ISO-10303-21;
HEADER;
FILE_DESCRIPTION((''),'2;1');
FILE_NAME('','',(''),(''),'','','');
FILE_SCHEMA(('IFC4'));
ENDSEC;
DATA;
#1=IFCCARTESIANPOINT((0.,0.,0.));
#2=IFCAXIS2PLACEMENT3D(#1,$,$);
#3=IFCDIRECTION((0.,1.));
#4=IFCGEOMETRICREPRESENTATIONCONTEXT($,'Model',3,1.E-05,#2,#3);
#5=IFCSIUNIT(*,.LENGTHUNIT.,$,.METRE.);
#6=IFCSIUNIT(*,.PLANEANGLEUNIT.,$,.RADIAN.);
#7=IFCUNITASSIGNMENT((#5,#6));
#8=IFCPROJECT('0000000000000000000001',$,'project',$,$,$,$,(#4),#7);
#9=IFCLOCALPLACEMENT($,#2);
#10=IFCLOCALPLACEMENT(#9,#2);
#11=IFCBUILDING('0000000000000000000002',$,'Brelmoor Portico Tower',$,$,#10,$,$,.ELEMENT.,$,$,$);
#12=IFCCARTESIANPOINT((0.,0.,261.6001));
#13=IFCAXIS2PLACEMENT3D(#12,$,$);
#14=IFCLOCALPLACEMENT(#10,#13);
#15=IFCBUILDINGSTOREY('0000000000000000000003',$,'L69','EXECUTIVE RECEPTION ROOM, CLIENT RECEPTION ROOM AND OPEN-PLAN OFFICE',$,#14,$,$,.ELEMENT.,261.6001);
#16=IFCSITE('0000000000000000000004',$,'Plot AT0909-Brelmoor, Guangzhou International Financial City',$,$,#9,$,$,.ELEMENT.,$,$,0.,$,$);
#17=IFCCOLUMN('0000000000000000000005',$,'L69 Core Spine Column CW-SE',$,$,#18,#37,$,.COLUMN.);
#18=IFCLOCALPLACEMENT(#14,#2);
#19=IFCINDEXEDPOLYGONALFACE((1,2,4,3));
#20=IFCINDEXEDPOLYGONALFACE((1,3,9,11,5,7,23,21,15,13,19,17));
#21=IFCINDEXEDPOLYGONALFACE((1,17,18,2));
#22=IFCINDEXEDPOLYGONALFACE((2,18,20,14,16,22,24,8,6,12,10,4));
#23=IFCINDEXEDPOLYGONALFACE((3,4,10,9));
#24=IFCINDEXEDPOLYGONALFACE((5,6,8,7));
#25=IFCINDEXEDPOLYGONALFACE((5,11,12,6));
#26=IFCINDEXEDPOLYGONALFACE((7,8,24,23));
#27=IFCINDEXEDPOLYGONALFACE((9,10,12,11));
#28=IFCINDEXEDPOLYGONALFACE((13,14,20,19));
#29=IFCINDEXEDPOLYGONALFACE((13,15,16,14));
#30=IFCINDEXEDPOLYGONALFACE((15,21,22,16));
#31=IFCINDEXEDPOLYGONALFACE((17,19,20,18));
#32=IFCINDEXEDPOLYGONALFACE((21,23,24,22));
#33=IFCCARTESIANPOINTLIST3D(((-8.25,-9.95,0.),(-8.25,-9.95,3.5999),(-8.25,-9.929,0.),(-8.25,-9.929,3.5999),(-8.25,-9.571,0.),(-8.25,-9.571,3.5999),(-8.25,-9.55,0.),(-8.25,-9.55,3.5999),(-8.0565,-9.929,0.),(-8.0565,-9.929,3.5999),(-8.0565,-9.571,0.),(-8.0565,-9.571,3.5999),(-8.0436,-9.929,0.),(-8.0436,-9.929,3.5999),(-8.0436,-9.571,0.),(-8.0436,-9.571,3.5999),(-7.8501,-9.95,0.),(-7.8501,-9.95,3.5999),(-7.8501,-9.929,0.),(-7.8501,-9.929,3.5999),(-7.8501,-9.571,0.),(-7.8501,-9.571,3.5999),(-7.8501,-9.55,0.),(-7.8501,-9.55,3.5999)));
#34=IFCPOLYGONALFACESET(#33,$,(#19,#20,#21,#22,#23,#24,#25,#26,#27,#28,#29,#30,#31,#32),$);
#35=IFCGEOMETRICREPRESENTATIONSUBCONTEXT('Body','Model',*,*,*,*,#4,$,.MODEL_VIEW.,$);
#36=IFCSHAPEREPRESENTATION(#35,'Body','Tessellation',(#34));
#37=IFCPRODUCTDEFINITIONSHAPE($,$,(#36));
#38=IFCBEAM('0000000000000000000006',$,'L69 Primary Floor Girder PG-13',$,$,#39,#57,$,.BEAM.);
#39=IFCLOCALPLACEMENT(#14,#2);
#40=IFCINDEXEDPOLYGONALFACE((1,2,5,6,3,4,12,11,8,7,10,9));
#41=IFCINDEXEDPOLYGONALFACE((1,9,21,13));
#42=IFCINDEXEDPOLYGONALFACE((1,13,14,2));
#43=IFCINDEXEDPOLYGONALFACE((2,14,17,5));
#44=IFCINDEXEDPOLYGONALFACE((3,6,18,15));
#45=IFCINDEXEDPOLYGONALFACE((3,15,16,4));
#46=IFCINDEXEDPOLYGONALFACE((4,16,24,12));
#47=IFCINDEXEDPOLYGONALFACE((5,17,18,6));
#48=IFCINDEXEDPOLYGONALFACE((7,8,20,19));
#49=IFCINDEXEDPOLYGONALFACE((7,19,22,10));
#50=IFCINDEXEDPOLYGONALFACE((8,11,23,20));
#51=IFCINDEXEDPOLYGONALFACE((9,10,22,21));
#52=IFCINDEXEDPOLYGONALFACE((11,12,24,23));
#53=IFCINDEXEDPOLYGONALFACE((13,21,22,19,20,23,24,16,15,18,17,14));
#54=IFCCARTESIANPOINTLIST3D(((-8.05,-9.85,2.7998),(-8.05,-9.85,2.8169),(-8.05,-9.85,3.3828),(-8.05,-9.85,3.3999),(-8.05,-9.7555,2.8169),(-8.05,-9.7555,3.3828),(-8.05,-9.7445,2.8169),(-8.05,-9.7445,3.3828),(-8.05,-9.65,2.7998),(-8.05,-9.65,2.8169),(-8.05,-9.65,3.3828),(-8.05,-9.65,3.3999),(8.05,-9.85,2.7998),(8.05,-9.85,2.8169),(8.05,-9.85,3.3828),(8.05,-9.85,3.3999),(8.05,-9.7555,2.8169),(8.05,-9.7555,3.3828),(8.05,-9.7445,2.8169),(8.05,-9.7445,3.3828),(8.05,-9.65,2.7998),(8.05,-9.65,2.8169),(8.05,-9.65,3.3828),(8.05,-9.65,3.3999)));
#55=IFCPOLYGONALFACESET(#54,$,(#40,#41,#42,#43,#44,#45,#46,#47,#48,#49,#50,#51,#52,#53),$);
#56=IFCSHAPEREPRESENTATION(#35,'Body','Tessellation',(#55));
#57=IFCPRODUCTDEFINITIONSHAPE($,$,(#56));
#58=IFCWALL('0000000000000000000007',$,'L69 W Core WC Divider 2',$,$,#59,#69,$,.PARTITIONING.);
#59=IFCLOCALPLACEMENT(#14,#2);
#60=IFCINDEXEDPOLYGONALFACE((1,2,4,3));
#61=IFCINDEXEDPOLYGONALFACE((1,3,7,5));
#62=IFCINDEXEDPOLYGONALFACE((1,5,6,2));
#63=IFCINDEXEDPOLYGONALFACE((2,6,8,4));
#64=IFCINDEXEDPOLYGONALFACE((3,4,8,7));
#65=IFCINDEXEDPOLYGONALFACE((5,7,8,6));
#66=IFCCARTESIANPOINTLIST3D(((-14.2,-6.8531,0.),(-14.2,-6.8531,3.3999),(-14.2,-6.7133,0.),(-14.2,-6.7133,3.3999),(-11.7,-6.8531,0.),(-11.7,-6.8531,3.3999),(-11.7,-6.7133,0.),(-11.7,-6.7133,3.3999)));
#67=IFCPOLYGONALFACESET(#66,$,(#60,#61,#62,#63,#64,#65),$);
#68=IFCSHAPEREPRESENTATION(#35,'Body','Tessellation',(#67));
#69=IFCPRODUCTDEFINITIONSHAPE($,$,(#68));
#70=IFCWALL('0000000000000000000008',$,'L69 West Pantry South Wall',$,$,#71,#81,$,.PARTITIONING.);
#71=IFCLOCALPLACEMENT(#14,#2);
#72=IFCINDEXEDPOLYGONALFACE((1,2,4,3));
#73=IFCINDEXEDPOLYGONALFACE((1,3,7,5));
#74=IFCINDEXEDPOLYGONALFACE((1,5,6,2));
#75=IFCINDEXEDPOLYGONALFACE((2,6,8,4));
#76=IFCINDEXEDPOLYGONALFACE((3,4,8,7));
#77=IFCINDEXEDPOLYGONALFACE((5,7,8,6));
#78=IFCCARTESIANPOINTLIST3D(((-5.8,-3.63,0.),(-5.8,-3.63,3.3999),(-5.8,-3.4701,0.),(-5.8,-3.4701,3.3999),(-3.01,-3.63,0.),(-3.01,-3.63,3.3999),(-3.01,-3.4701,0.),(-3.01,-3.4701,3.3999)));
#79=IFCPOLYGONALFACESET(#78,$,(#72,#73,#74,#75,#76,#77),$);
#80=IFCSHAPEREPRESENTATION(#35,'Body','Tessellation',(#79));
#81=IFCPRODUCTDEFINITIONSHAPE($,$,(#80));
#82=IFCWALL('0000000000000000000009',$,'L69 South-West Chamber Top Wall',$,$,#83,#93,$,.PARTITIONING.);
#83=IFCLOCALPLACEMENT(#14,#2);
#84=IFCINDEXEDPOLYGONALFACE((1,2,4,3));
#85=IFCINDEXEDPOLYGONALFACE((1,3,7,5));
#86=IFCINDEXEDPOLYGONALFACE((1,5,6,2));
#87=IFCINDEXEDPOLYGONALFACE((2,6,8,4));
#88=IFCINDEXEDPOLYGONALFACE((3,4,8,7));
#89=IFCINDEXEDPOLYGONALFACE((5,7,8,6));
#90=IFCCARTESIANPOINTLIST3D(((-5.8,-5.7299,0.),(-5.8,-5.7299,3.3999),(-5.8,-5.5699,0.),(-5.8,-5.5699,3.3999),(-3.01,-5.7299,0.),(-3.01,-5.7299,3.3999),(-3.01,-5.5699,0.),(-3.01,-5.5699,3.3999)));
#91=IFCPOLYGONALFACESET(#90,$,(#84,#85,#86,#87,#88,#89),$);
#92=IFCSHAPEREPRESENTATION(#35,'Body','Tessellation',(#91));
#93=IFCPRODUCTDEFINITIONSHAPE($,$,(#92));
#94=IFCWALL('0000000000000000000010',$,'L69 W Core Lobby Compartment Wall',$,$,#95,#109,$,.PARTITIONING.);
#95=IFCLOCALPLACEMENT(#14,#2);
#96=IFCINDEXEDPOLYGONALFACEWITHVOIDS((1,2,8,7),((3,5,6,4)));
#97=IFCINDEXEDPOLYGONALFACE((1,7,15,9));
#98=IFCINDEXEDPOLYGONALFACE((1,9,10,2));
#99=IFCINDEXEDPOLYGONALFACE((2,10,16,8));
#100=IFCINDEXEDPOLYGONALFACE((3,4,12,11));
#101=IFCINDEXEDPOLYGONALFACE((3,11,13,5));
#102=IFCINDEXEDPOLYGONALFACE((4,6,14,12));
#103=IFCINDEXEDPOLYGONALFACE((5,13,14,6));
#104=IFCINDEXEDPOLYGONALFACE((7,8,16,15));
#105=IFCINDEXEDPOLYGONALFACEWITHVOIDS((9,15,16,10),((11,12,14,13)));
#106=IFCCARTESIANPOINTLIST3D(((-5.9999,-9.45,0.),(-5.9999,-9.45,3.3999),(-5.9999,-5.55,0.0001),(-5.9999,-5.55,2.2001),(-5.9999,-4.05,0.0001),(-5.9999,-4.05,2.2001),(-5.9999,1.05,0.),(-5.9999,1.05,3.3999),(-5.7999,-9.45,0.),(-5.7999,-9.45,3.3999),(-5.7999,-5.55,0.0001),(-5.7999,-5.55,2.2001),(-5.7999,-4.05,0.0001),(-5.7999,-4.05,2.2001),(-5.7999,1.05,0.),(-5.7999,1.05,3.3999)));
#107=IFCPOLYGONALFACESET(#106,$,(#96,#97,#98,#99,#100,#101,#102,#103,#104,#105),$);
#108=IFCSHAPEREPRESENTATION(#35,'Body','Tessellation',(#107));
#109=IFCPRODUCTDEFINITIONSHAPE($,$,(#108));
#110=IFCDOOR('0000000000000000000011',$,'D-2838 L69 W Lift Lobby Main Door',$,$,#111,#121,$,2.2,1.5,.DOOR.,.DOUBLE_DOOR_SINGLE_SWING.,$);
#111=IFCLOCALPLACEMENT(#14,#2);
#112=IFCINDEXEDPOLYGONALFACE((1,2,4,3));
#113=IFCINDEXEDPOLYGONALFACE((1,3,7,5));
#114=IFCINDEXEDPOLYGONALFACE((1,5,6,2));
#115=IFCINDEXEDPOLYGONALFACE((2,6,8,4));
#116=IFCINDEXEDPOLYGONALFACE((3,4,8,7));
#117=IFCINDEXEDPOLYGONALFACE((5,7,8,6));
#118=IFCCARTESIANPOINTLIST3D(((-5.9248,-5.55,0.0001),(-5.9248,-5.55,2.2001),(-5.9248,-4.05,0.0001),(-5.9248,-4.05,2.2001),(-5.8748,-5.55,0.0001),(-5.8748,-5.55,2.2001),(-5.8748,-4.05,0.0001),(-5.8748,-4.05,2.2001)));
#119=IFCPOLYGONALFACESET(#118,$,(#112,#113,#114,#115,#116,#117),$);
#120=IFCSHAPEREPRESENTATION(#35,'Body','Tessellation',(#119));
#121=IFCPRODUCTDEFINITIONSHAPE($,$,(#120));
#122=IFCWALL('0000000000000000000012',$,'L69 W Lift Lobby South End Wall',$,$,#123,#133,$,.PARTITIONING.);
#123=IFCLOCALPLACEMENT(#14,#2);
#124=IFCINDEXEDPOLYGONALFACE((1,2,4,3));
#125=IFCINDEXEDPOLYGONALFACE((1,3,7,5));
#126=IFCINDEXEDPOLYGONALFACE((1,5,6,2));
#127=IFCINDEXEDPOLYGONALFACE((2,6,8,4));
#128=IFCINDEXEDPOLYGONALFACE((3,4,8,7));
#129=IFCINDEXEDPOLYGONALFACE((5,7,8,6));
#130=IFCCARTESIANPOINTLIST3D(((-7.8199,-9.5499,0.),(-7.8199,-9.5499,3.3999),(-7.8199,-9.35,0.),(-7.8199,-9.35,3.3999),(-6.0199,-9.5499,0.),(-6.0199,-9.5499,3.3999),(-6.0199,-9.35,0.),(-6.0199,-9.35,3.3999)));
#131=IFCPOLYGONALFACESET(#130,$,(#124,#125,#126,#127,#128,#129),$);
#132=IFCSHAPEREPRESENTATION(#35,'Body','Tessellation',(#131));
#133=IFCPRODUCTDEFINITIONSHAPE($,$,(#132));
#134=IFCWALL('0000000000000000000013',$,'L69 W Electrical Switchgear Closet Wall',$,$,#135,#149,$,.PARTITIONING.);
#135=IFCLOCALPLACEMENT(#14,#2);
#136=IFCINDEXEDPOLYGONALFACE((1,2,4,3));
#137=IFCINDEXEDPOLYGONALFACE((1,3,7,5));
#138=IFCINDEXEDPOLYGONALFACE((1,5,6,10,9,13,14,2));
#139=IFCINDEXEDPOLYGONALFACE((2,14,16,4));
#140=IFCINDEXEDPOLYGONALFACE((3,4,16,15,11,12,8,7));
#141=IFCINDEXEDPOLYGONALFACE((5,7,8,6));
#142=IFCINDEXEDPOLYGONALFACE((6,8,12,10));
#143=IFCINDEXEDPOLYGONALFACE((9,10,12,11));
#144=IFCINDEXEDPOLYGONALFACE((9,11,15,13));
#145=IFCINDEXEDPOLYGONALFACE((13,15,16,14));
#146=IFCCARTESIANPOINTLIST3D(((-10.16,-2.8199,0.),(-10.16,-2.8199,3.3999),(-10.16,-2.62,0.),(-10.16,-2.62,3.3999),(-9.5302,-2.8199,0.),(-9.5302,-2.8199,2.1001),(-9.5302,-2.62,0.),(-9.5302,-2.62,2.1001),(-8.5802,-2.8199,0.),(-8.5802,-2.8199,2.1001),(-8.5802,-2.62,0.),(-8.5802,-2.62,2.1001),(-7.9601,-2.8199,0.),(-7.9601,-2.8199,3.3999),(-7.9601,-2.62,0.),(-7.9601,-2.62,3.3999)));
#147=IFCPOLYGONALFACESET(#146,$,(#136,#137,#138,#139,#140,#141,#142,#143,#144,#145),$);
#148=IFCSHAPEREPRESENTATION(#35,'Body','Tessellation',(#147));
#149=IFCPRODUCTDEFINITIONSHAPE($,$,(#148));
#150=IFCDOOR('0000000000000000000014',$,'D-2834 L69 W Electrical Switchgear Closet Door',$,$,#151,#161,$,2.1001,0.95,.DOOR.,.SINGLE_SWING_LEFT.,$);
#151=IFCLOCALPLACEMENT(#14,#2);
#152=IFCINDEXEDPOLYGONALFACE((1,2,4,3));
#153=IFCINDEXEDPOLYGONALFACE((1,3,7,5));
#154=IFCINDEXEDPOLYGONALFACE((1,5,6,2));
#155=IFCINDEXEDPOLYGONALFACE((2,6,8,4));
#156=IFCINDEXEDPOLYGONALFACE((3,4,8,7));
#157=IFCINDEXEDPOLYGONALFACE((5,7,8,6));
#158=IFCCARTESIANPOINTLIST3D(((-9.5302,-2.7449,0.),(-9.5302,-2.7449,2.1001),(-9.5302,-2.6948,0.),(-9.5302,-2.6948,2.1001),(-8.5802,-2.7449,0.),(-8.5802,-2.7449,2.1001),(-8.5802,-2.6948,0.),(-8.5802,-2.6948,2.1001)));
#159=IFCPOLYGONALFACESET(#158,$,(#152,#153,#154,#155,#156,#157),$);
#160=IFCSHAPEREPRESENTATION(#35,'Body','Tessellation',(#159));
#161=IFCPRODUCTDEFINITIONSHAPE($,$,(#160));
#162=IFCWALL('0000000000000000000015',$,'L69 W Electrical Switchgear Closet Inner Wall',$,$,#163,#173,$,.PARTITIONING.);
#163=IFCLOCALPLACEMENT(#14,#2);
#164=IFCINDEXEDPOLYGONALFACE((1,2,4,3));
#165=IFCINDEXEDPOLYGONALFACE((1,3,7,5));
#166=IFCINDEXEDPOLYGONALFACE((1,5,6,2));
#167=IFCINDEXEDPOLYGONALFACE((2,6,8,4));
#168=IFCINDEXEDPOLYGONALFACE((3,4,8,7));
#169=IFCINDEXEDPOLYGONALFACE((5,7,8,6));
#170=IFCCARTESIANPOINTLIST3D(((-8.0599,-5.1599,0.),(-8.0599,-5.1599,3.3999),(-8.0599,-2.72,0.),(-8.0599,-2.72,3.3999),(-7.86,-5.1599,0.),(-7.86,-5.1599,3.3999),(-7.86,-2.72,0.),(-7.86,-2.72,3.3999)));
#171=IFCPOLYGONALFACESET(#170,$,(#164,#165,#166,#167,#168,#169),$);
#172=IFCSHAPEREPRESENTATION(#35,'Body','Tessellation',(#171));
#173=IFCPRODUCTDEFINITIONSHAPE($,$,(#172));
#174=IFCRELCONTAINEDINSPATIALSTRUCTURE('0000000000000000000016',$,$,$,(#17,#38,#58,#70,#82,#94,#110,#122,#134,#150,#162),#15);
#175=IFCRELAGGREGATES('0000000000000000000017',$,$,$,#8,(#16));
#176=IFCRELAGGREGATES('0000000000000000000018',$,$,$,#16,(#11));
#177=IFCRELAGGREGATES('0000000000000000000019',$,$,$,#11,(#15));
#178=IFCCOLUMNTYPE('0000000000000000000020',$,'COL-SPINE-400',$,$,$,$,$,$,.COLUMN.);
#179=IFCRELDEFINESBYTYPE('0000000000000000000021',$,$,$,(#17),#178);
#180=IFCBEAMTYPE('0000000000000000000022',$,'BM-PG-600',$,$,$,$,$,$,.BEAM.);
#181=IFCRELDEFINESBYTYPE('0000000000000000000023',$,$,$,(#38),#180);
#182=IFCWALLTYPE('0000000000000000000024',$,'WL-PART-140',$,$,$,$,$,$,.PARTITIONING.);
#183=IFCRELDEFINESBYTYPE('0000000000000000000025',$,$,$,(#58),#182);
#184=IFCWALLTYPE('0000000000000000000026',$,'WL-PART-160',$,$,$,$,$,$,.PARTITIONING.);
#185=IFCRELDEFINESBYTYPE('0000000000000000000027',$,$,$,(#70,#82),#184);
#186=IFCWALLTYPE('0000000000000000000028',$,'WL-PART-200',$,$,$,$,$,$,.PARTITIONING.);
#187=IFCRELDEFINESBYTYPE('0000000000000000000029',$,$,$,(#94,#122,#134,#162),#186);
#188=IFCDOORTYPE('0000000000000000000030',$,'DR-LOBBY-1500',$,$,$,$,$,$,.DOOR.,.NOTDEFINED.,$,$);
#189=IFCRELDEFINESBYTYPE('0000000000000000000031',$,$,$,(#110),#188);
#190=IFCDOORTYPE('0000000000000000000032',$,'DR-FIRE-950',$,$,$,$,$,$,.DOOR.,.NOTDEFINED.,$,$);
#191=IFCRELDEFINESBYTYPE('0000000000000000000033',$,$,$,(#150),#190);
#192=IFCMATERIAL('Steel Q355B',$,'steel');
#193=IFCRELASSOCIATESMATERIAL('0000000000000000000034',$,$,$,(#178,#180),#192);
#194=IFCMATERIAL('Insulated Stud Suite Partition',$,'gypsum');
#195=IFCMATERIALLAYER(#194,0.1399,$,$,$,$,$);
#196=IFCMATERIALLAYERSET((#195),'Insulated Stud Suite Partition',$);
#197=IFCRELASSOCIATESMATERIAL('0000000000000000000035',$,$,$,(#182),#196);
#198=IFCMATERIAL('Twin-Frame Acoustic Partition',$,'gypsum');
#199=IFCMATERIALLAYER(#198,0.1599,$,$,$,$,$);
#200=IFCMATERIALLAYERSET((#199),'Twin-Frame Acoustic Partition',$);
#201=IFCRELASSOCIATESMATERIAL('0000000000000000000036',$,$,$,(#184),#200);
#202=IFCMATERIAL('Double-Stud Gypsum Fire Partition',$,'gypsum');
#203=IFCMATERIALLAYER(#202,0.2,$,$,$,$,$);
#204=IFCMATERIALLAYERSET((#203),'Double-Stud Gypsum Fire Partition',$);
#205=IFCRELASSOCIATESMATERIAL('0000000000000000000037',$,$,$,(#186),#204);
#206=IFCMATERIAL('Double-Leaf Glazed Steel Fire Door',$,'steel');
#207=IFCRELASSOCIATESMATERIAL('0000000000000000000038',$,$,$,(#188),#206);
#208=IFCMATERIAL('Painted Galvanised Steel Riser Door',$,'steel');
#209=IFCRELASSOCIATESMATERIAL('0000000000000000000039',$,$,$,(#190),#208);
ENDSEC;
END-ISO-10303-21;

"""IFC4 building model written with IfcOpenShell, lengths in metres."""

from ifc_helpers import new_model, si_unit, direction, frame, frame_2d, origin, origin_2d, place, context, subcontext, project, spatial, rectangle, i_section, extrude, material, layer, layer_set, material_profile, profile_set, type_object, element, fill, save


model = new_model("IFC4")

# Units and contexts
model_context = context("Model", 3, precision=1e-05, world=origin(), true_north=direction((0.0, 1.0)))
body_context = subcontext(model_context, "Body", "Model", "MODEL_VIEW")
ifc_project = project(units=[si_unit("LENGTHUNIT", "METRE"), si_unit("PLANEANGLEUNIT", "RADIAN")], contexts=[model_context])

# Site, building, storey
site_placement = place(None, origin())
site = spatial("IfcSite", under=ifc_project, at=site_placement, Name="Plot AT0909-Brelmoor, Guangzhou International Financial City", CompositionType="ELEMENT", RefElevation=0.0)
building_placement = place(site_placement, origin())
building = spatial("IfcBuilding", under=site, at=building_placement, Name="Brelmoor Portico Tower", CompositionType="ELEMENT")
storey_placement = place(building_placement, frame((0.0, 0.0, 261.6001)))
storey = spatial("IfcBuildingStorey", under=building, at=storey_placement, Name="L69", Description="EXECUTIVE RECEPTION ROOM, CLIENT RECEPTION ROOM AND OPEN-PLAN OFFICE", CompositionType="ELEMENT", Elevation=261.6001)

# Column
ifc_material_1 = material(Name="Steel Q355B", Category="steel")
ifc_material_profile_1 = material_profile(ifc_material_1, i_section(OverallWidth=0.3999, OverallDepth=0.3999, WebThickness=0.0129, FlangeThickness=0.021, at=origin_2d()), Name="HW 400x400x13x21")
ifc_profile_set_1 = profile_set([ifc_material_profile_1], Name="Steel Q355B")
column_type = type_object("IfcColumnType", Name="COL-SPINE-400", PredefinedType="COLUMN", material=ifc_profile_set_1)
column_placement = place(storey_placement, frame((-8.05, -9.75, 0.0), z_axis=(0.0, 0.0, 1.0), x_axis=(1.0, 0.0, 0.0)))
element("IfcColumn", 1, at=column_placement, inside=storey, type_object=column_type, Name="L69 Core Spine Column CW-SE", PredefinedType="COLUMN", context=body_context, shape_type="SweptSolid", body=[
    extrude(i_section(OverallWidth=0.3999, OverallDepth=0.3999, WebThickness=0.0129, FlangeThickness=0.021, at=origin_2d()), origin(), (0.0, 0.0, 1.0), 3.5999),
])

# Beam
ifc_material_profile_2 = material_profile(ifc_material_1, i_section(OverallWidth=0.2, OverallDepth=0.6001, WebThickness=0.011, FlangeThickness=0.0171, at=origin_2d()), Name="HN 600x200x11x17")
ifc_profile_set_2 = profile_set([ifc_material_profile_2], Name="Steel Q355B")
beam_type = type_object("IfcBeamType", Name="BM-PG-600", PredefinedType="BEAM", material=ifc_profile_set_2)
beam_placement = place(storey_placement, frame((-8.05, -9.75, 3.0999), z_axis=(1.0, 0.0, 0.0), x_axis=(0.0, 1.0, 0.0)))
element("IfcBeam", 2, at=beam_placement, inside=storey, type_object=beam_type, Name="L69 Primary Floor Girder PG-13", PredefinedType="BEAM", context=body_context, shape_type="SweptSolid", body=[
    extrude(i_section(OverallWidth=0.2, OverallDepth=0.6001, WebThickness=0.011, FlangeThickness=0.0171, at=origin_2d()), origin(), (0.0, 0.0, 1.0), 16.1001),
])

# Wall
ifc_material_2 = material(Name="Insulated Stud Suite Partition", Category="gypsum")
ifc_layer_1 = layer(ifc_material_2, 0.1399)
ifc_layer_set_1 = layer_set([ifc_layer_1], Name="Insulated Stud Suite Partition")
wall_type_1 = type_object("IfcWallType", Name="WL-PART-140", PredefinedType="PARTITIONING", material=ifc_layer_set_1)
wall_1_placement = place(storey_placement, frame((-11.7, -6.7832, 0.0), z_axis=(0.0, 0.0, 1.0), x_axis=(-1.0, 0.0, 0.0)))
element("IfcWall", 3, at=wall_1_placement, inside=storey, type_object=wall_type_1, Name="L69 W Core WC Divider 2", PredefinedType="PARTITIONING", context=body_context, shape_type="SweptSolid", body=[
    extrude(rectangle(XDim=2.5, YDim=0.1399, at=frame_2d((1.25, 0.0))), origin(), (0.0, 0.0, 1.0), 3.3999),
])

# Shared definitions
ifc_material_3 = material(Name="Twin-Frame Acoustic Partition", Category="gypsum")
ifc_layer_2 = layer(ifc_material_3, 0.1599)
ifc_layer_set_2 = layer_set([ifc_layer_2], Name="Twin-Frame Acoustic Partition")
wall_type_2 = type_object("IfcWallType", Name="WL-PART-160", PredefinedType="PARTITIONING", material=ifc_layer_set_2)

# Walls
for number, where, z_axis, x_axis, name in (
    (4, (-5.8, -3.55, 0.0), (0.0, 0.0, 1.0), (1.0, 0.0, 0.0), "L69 West Pantry South Wall"),
    (5, (-5.8, -5.6499, 0.0), (0.0, 0.0, 1.0), (1.0, 0.0, 0.0), "L69 South-West Chamber Top Wall"),
):
    element("IfcWall", number, at=place(storey_placement, frame(where, z_axis=z_axis, x_axis=x_axis)), inside=storey, type_object=wall_type_2, Name=name, PredefinedType="PARTITIONING", context=body_context, shape_type="SweptSolid", body=[
        extrude(rectangle(XDim=2.79, YDim=0.1599, at=frame_2d((1.395, 0.0))), origin(), (0.0, 0.0, 1.0), 3.3999),
    ])

# Wall, opening, door
ifc_material_4 = material(Name="Double-Stud Gypsum Fire Partition", Category="gypsum")
ifc_layer_3 = layer(ifc_material_4, 0.2)
ifc_layer_set_3 = layer_set([ifc_layer_3], Name="Double-Stud Gypsum Fire Partition")
wall_type_3 = type_object("IfcWallType", Name="WL-PART-200", PredefinedType="PARTITIONING", material=ifc_layer_set_3)
wall_2_placement = place(storey_placement, frame((-5.8999, -9.45, 0.0), z_axis=(0.0, 0.0, 1.0), x_axis=(0.0, 1.0, 0.0)))
wall_2 = element("IfcWall", 6, at=wall_2_placement, inside=storey, type_object=wall_type_3, Name="L69 W Core Lobby Compartment Wall", PredefinedType="PARTITIONING", context=body_context, shape_type="SweptSolid", body=[
    extrude(rectangle(XDim=10.5, YDim=0.2, at=frame_2d((5.25, 0.0))), origin(), (0.0, 0.0, 1.0), 3.3999),
])
opening_1_placement = place(wall_2_placement, frame((3.8999, 0.0, 0.0)))
opening_1 = element("IfcOpeningElement", 7, at=opening_1_placement, cuts=wall_2, PredefinedType="OPENING", context=body_context, shape_type="SweptSolid", body=[
    extrude(rectangle(XDim=1.5, YDim=2.2, at=frame_2d((0.75, 1.1001))), frame((0.0, 0.1099, 0.0), z_axis=(0.0, -1.0, 0.0), x_axis=(1.0, 0.0, 0.0)), (0.0, 0.0, 1.0), 0.22),
])
ifc_material_5 = material(Name="Double-Leaf Glazed Steel Fire Door", Category="steel")
door_type_1 = type_object("IfcDoorType", Name="DR-LOBBY-1500", OperationType="NOTDEFINED", PredefinedType="DOOR", material=ifc_material_5)
door_1_placement = place(opening_1_placement, origin())
door_1 = element("IfcDoor", 8, at=door_1_placement, inside=storey, type_object=door_type_1, Name="D-2838 L69 W Lift Lobby Main Door", OperationType="DOUBLE_DOOR_SINGLE_SWING", OverallHeight=2.2, OverallWidth=1.5, PredefinedType="DOOR", context=body_context, shape_type="SweptSolid", body=[
    extrude(rectangle(XDim=1.5, YDim=2.2, at=frame_2d((0.75, 1.1001))), frame((0.0, 0.0249, 0.0), z_axis=(0.0, -1.0, 0.0), x_axis=(1.0, 0.0, 0.0)), (0.0, 0.0, 1.0), 0.05),
])
fill(opening_1, door_1)

# Wall
wall_3_placement = place(storey_placement, frame((-6.02, -9.45, 0.0), z_axis=(0.0, 0.0, 1.0), x_axis=(-1.0, 0.0, 0.0)))
element("IfcWall", 9, at=wall_3_placement, inside=storey, type_object=wall_type_3, Name="L69 W Lift Lobby South End Wall", PredefinedType="PARTITIONING", context=body_context, shape_type="SweptSolid", body=[
    extrude(rectangle(XDim=1.8, YDim=0.2, at=frame_2d((0.8999, 0.0))), origin(), (0.0, 0.0, 1.0), 3.3999),
])

# Wall, opening, door
wall_4_placement = place(storey_placement, frame((-7.96, -2.72, 0.0), z_axis=(0.0, 0.0, 1.0), x_axis=(-1.0, 0.0, 0.0)))
wall_4 = element("IfcWall", 10, at=wall_4_placement, inside=storey, type_object=wall_type_3, Name="L69 W Electrical Switchgear Closet Wall", PredefinedType="PARTITIONING", context=body_context, shape_type="SweptSolid", body=[
    extrude(rectangle(XDim=2.2, YDim=0.2, at=frame_2d((1.1001, 0.0))), origin(), (0.0, 0.0, 1.0), 3.3999),
])
opening_2_placement = place(wall_4_placement, frame((0.6201, 0.0, 0.0)))
opening_2 = element("IfcOpeningElement", 11, at=opening_2_placement, cuts=wall_4, PredefinedType="OPENING", context=body_context, shape_type="SweptSolid", body=[
    extrude(rectangle(XDim=0.95, YDim=2.1001, at=frame_2d((0.4751, 1.05))), frame((0.0, 0.1099, 0.0), z_axis=(0.0, -1.0, 0.0), x_axis=(1.0, 0.0, 0.0)), (0.0, 0.0, 1.0), 0.22),
])
ifc_material_6 = material(Name="Painted Galvanised Steel Riser Door", Category="steel")
door_type_2 = type_object("IfcDoorType", Name="DR-FIRE-950", OperationType="NOTDEFINED", PredefinedType="DOOR", material=ifc_material_6)
door_2_placement = place(opening_2_placement, origin())
door_2 = element("IfcDoor", 12, at=door_2_placement, inside=storey, type_object=door_type_2, Name="D-2834 L69 W Electrical Switchgear Closet Door", OperationType="SINGLE_SWING_LEFT", OverallHeight=2.1001, OverallWidth=0.95, PredefinedType="DOOR", context=body_context, shape_type="SweptSolid", body=[
    extrude(rectangle(XDim=0.95, YDim=2.1001, at=frame_2d((0.4751, 1.05))), frame((0.0, 0.0249, 0.0), z_axis=(0.0, -1.0, 0.0), x_axis=(1.0, 0.0, 0.0)), (0.0, 0.0, 1.0), 0.05),
])
fill(opening_2, door_2)

# Wall
for number, where, z_axis, x_axis, name in (
    (13, (-7.96, -5.1599, 0.0), (0.0, 0.0, 1.0), (0.0, 1.0, 0.0), "L69 W Electrical Switchgear Closet Inner Wall"),
):
    element("IfcWall", number, at=place(storey_placement, frame(where, z_axis=z_axis, x_axis=x_axis)), inside=storey, type_object=wall_type_3, Name=name, PredefinedType="PARTITIONING", context=body_context, shape_type="SweptSolid", body=[
        extrude(rectangle(XDim=2.4399, YDim=0.2, at=frame_2d((1.22, 0.0))), origin(), (0.0, 0.0, 1.0), 3.3999),
    ])

save(model, "model.ifc")
